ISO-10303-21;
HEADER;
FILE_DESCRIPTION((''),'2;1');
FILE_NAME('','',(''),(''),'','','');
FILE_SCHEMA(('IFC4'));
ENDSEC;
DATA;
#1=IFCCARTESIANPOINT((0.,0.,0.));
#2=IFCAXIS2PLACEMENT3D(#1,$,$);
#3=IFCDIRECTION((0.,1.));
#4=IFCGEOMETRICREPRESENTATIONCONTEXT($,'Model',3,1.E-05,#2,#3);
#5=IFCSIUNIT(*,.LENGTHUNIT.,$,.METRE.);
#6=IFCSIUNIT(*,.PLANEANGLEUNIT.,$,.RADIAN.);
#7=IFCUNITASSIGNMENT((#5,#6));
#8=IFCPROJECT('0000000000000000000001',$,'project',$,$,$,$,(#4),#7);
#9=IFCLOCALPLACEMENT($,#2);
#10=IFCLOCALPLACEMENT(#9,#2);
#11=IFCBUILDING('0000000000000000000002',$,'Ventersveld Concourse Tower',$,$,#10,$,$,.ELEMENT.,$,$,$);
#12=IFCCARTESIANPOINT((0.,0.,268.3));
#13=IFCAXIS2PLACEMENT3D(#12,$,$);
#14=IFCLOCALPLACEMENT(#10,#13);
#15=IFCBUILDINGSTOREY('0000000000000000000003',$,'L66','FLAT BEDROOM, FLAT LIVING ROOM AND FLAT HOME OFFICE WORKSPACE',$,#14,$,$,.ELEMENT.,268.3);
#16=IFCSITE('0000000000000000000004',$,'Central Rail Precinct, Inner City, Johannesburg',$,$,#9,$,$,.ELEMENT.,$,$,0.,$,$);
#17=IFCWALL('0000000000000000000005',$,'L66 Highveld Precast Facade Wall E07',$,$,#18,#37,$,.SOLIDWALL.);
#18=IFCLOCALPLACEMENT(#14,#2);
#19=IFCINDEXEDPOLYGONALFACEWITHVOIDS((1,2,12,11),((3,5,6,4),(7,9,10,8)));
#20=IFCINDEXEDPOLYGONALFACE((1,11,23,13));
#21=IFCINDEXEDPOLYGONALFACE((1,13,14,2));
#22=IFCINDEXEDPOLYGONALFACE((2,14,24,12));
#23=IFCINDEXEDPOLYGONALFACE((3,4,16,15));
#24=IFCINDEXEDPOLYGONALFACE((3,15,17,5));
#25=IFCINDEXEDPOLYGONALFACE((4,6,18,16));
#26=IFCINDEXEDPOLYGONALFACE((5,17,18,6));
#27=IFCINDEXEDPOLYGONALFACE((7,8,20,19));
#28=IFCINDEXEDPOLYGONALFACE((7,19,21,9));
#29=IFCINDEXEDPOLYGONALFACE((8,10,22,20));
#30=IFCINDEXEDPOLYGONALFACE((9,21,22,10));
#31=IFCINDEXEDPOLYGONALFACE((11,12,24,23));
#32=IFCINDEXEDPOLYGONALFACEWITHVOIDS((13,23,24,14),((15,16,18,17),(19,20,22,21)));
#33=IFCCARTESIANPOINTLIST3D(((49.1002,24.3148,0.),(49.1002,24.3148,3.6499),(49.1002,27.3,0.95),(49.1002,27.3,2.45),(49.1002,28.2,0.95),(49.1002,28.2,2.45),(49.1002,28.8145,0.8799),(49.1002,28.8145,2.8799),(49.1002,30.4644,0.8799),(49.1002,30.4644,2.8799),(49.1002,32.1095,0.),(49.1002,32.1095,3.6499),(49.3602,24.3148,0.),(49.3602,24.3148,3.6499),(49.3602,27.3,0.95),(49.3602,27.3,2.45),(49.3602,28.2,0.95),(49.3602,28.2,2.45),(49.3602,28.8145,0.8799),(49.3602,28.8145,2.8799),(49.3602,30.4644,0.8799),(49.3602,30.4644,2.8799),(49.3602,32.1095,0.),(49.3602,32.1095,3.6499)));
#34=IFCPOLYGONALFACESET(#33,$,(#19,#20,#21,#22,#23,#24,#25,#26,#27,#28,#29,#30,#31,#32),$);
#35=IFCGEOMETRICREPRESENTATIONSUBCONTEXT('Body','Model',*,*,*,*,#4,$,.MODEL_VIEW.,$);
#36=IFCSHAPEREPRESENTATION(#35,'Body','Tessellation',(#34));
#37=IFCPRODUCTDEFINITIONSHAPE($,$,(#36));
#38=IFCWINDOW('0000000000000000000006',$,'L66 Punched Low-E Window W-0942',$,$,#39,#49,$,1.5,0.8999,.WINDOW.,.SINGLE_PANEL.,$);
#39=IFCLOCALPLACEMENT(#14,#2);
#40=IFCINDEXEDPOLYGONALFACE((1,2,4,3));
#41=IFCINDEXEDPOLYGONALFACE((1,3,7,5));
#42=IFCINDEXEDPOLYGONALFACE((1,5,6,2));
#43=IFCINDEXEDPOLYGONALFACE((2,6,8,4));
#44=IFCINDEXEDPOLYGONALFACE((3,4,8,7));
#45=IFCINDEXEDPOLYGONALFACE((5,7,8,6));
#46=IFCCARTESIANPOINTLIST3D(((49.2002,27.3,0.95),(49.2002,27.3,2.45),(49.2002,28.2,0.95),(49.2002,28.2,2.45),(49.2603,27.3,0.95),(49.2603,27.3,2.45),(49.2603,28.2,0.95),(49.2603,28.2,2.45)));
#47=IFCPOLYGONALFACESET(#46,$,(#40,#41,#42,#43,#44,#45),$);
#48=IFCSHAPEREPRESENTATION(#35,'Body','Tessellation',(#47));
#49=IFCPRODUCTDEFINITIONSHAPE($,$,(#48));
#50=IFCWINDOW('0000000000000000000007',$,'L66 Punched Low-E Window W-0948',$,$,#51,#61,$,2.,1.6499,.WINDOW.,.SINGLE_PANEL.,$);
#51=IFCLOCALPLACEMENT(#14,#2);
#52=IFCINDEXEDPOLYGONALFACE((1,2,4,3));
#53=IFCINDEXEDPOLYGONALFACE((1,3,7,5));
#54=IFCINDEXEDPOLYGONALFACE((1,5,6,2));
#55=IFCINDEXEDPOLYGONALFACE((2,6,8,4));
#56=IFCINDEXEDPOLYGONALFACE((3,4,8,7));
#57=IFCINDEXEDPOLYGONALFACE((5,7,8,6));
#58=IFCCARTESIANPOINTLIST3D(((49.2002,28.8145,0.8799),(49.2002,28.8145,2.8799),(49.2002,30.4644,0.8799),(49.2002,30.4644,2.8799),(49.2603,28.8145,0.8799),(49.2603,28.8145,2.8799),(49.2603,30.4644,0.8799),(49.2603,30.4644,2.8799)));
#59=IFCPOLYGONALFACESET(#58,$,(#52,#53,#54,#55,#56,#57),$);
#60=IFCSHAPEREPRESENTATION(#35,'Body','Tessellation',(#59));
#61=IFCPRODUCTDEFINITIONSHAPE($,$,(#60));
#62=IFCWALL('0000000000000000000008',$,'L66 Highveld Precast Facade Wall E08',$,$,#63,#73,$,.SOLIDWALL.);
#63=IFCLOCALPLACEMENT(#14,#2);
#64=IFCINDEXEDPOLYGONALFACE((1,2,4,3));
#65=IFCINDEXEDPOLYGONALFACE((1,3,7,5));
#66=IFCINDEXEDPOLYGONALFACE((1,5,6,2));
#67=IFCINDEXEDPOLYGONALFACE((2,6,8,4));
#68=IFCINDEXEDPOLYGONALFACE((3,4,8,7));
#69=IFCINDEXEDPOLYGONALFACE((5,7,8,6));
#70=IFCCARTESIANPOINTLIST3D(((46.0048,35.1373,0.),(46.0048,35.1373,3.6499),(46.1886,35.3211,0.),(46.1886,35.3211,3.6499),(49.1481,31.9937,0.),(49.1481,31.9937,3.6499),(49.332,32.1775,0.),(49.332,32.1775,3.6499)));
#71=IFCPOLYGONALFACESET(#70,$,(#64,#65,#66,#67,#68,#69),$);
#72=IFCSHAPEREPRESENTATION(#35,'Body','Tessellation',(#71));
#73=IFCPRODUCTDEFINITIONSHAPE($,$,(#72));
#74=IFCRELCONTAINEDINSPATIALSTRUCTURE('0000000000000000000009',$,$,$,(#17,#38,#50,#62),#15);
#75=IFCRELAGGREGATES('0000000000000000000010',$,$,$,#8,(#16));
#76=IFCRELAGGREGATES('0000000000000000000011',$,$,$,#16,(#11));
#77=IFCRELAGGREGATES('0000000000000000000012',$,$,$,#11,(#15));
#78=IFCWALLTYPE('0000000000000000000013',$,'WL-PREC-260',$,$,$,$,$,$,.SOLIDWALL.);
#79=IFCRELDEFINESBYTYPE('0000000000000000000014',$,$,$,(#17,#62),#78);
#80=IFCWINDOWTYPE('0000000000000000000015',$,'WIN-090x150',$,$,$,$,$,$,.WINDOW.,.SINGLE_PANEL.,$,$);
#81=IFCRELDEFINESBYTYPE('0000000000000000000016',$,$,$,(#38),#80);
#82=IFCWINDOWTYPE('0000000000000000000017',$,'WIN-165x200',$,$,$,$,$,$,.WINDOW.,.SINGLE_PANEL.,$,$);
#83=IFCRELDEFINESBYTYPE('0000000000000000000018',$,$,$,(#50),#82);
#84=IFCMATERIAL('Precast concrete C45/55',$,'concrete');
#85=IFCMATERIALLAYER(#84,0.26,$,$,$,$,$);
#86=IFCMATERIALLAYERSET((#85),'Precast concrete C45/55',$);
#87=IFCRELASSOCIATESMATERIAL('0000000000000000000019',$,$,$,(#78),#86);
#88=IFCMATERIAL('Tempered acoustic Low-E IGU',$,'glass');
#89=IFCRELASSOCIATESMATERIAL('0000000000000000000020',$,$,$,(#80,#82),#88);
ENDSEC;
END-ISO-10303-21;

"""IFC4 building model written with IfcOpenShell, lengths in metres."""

from ifc_helpers import new_model, si_unit, direction, frame, frame_2d, origin, place, context, subcontext, project, spatial, rectangle, extrude, material, layer, layer_set, type_object, element, fill, save


model = new_model("IFC4")

# Units and contexts
model_context = context("Model", 3, precision=1e-05, world=origin(), true_north=direction((0.0, 1.0)))
body_context = subcontext(model_context, "Body", "Model", "MODEL_VIEW")
ifc_project = project(units=[si_unit("LENGTHUNIT", "METRE"), si_unit("PLANEANGLEUNIT", "RADIAN")], contexts=[model_context])

# Site, building, storey
site_placement = place(None, origin())
site = spatial("IfcSite", under=ifc_project, at=site_placement, Name="Central Rail Precinct, Inner City, Johannesburg", CompositionType="ELEMENT", RefElevation=0.0)
building_placement = place(site_placement, origin())
building = spatial("IfcBuilding", under=site, at=building_placement, Name="Ventersveld Concourse Tower", CompositionType="ELEMENT")
storey_placement = place(building_placement, frame((0.0, 0.0, 268.3)))
storey = spatial("IfcBuildingStorey", under=building, at=storey_placement, Name="L66", Description="FLAT BEDROOM, FLAT LIVING ROOM AND FLAT HOME OFFICE WORKSPACE", CompositionType="ELEMENT", Elevation=268.3)

# Shared definitions
ifc_material_1 = material(Name="Precast concrete C45/55", Category="concrete")
ifc_layer_1 = layer(ifc_material_1, 0.26)
ifc_layer_set_1 = layer_set([ifc_layer_1], Name="Precast concrete C45/55")
wall_type_1 = type_object("IfcWallType", Name="WL-PREC-260", PredefinedType="SOLIDWALL", material=ifc_layer_set_1)

# Wall, openings, windows
wall_1_placement = place(storey_placement, frame((49.2302, 24.3147, 0.0), z_axis=(0.0, 0.0, 1.0), x_axis=(0.0, 1.0, 0.0)))
wall_1 = element("IfcWall", 1, at=wall_1_placement, inside=storey, type_object=wall_type_1, Name="L66 Highveld Precast Facade Wall E07", PredefinedType="SOLIDWALL", context=body_context, shape_type="SweptSolid", body=[
    extrude(rectangle(XDim=7.7947, YDim=0.26, at=frame_2d((3.8975, 0.0))), origin(), (0.0, 0.0, 1.0), 3.6499),
])
opening_1_placement = place(wall_1_placement, frame((2.9854, 0.0, 0.95)))
opening_1 = element("IfcOpeningElement", 2, at=opening_1_placement, cuts=wall_1, PredefinedType="OPENING", context=body_context, shape_type="SweptSolid", body=[
    extrude(rectangle(XDim=0.8999, YDim=1.5, at=frame_2d((0.45, 0.75))), frame((0.0, 0.1401, 0.0), z_axis=(0.0, -1.0, 0.0), x_axis=(1.0, 0.0, 0.0)), (0.0, 0.0, 1.0), 0.28),
])
opening_2_placement = place(wall_1_placement, frame((4.4998, 0.0, 0.8799)))
opening_2 = element("IfcOpeningElement", 3, at=opening_2_placement, cuts=wall_1, PredefinedType="OPENING", context=body_context, shape_type="SweptSolid", body=[
    extrude(rectangle(XDim=1.6499, YDim=2.0, at=frame_2d((0.825, 1.0))), frame((0.0, 0.1401, 0.0), z_axis=(0.0, -1.0, 0.0), x_axis=(1.0, 0.0, 0.0)), (0.0, 0.0, 1.0), 0.28),
])
ifc_material_2 = material(Name="Tempered acoustic Low-E IGU", Category="glass")
window_type_1 = type_object("IfcWindowType", Name="WIN-090x150", PartitioningType="SINGLE_PANEL", PredefinedType="WINDOW", material=ifc_material_2)
window_1_placement = place(opening_1_placement, origin())
window_1 = element("IfcWindow", 4, at=window_1_placement, inside=storey, type_object=window_type_1, Name="L66 Punched Low-E Window W-0942", OverallHeight=1.5, OverallWidth=0.8999, PartitioningType="SINGLE_PANEL", PredefinedType="WINDOW", context=body_context, shape_type="SweptSolid", body=[
    extrude(rectangle(XDim=0.8999, YDim=1.5, at=frame_2d((0.45, 0.75))), frame((0.0, 0.03, 0.0), z_axis=(0.0, -1.0, 0.0), x_axis=(1.0, 0.0, 0.0)), (0.0, 0.0, 1.0), 0.0601),
])
fill(opening_1, window_1)
window_type_2 = type_object("IfcWindowType", Name="WIN-165x200", PartitioningType="SINGLE_PANEL", PredefinedType="WINDOW", material=ifc_material_2)
window_2_placement = place(opening_2_placement, origin())
window_2 = element("IfcWindow", 5, at=window_2_placement, inside=storey, type_object=window_type_2, Name="L66 Punched Low-E Window W-0948", OverallHeight=2.0, OverallWidth=1.6499, PartitioningType="SINGLE_PANEL", PredefinedType="WINDOW", context=body_context, shape_type="SweptSolid", body=[
    extrude(rectangle(XDim=1.6499, YDim=2.0, at=frame_2d((0.825, 1.0))), frame((0.0, 0.03, 0.0), z_axis=(0.0, -1.0, 0.0), x_axis=(1.0, 0.0, 0.0)), (0.0, 0.0, 1.0), 0.0601),
])
fill(opening_2, window_2)

# Wall
wall_2_placement = place(storey_placement, frame((49.24, 32.0857, 0.0), z_axis=(0.0, 0.0, 1.0), x_axis=(-0.707079, 0.707134, 0.0)))
element("IfcWall", 6, at=wall_2_placement, inside=storey, type_object=wall_type_1, Name="L66 Highveld Precast Facade Wall E08", PredefinedType="SOLIDWALL", context=body_context, shape_type="SweptSolid", body=[
    extrude(rectangle(XDim=4.4456, YDim=0.26, at=frame_2d((2.2227, 0.0))), origin(), (0.0, 0.0, 1.0), 3.6499),
])

save(model, "model.ifc")
